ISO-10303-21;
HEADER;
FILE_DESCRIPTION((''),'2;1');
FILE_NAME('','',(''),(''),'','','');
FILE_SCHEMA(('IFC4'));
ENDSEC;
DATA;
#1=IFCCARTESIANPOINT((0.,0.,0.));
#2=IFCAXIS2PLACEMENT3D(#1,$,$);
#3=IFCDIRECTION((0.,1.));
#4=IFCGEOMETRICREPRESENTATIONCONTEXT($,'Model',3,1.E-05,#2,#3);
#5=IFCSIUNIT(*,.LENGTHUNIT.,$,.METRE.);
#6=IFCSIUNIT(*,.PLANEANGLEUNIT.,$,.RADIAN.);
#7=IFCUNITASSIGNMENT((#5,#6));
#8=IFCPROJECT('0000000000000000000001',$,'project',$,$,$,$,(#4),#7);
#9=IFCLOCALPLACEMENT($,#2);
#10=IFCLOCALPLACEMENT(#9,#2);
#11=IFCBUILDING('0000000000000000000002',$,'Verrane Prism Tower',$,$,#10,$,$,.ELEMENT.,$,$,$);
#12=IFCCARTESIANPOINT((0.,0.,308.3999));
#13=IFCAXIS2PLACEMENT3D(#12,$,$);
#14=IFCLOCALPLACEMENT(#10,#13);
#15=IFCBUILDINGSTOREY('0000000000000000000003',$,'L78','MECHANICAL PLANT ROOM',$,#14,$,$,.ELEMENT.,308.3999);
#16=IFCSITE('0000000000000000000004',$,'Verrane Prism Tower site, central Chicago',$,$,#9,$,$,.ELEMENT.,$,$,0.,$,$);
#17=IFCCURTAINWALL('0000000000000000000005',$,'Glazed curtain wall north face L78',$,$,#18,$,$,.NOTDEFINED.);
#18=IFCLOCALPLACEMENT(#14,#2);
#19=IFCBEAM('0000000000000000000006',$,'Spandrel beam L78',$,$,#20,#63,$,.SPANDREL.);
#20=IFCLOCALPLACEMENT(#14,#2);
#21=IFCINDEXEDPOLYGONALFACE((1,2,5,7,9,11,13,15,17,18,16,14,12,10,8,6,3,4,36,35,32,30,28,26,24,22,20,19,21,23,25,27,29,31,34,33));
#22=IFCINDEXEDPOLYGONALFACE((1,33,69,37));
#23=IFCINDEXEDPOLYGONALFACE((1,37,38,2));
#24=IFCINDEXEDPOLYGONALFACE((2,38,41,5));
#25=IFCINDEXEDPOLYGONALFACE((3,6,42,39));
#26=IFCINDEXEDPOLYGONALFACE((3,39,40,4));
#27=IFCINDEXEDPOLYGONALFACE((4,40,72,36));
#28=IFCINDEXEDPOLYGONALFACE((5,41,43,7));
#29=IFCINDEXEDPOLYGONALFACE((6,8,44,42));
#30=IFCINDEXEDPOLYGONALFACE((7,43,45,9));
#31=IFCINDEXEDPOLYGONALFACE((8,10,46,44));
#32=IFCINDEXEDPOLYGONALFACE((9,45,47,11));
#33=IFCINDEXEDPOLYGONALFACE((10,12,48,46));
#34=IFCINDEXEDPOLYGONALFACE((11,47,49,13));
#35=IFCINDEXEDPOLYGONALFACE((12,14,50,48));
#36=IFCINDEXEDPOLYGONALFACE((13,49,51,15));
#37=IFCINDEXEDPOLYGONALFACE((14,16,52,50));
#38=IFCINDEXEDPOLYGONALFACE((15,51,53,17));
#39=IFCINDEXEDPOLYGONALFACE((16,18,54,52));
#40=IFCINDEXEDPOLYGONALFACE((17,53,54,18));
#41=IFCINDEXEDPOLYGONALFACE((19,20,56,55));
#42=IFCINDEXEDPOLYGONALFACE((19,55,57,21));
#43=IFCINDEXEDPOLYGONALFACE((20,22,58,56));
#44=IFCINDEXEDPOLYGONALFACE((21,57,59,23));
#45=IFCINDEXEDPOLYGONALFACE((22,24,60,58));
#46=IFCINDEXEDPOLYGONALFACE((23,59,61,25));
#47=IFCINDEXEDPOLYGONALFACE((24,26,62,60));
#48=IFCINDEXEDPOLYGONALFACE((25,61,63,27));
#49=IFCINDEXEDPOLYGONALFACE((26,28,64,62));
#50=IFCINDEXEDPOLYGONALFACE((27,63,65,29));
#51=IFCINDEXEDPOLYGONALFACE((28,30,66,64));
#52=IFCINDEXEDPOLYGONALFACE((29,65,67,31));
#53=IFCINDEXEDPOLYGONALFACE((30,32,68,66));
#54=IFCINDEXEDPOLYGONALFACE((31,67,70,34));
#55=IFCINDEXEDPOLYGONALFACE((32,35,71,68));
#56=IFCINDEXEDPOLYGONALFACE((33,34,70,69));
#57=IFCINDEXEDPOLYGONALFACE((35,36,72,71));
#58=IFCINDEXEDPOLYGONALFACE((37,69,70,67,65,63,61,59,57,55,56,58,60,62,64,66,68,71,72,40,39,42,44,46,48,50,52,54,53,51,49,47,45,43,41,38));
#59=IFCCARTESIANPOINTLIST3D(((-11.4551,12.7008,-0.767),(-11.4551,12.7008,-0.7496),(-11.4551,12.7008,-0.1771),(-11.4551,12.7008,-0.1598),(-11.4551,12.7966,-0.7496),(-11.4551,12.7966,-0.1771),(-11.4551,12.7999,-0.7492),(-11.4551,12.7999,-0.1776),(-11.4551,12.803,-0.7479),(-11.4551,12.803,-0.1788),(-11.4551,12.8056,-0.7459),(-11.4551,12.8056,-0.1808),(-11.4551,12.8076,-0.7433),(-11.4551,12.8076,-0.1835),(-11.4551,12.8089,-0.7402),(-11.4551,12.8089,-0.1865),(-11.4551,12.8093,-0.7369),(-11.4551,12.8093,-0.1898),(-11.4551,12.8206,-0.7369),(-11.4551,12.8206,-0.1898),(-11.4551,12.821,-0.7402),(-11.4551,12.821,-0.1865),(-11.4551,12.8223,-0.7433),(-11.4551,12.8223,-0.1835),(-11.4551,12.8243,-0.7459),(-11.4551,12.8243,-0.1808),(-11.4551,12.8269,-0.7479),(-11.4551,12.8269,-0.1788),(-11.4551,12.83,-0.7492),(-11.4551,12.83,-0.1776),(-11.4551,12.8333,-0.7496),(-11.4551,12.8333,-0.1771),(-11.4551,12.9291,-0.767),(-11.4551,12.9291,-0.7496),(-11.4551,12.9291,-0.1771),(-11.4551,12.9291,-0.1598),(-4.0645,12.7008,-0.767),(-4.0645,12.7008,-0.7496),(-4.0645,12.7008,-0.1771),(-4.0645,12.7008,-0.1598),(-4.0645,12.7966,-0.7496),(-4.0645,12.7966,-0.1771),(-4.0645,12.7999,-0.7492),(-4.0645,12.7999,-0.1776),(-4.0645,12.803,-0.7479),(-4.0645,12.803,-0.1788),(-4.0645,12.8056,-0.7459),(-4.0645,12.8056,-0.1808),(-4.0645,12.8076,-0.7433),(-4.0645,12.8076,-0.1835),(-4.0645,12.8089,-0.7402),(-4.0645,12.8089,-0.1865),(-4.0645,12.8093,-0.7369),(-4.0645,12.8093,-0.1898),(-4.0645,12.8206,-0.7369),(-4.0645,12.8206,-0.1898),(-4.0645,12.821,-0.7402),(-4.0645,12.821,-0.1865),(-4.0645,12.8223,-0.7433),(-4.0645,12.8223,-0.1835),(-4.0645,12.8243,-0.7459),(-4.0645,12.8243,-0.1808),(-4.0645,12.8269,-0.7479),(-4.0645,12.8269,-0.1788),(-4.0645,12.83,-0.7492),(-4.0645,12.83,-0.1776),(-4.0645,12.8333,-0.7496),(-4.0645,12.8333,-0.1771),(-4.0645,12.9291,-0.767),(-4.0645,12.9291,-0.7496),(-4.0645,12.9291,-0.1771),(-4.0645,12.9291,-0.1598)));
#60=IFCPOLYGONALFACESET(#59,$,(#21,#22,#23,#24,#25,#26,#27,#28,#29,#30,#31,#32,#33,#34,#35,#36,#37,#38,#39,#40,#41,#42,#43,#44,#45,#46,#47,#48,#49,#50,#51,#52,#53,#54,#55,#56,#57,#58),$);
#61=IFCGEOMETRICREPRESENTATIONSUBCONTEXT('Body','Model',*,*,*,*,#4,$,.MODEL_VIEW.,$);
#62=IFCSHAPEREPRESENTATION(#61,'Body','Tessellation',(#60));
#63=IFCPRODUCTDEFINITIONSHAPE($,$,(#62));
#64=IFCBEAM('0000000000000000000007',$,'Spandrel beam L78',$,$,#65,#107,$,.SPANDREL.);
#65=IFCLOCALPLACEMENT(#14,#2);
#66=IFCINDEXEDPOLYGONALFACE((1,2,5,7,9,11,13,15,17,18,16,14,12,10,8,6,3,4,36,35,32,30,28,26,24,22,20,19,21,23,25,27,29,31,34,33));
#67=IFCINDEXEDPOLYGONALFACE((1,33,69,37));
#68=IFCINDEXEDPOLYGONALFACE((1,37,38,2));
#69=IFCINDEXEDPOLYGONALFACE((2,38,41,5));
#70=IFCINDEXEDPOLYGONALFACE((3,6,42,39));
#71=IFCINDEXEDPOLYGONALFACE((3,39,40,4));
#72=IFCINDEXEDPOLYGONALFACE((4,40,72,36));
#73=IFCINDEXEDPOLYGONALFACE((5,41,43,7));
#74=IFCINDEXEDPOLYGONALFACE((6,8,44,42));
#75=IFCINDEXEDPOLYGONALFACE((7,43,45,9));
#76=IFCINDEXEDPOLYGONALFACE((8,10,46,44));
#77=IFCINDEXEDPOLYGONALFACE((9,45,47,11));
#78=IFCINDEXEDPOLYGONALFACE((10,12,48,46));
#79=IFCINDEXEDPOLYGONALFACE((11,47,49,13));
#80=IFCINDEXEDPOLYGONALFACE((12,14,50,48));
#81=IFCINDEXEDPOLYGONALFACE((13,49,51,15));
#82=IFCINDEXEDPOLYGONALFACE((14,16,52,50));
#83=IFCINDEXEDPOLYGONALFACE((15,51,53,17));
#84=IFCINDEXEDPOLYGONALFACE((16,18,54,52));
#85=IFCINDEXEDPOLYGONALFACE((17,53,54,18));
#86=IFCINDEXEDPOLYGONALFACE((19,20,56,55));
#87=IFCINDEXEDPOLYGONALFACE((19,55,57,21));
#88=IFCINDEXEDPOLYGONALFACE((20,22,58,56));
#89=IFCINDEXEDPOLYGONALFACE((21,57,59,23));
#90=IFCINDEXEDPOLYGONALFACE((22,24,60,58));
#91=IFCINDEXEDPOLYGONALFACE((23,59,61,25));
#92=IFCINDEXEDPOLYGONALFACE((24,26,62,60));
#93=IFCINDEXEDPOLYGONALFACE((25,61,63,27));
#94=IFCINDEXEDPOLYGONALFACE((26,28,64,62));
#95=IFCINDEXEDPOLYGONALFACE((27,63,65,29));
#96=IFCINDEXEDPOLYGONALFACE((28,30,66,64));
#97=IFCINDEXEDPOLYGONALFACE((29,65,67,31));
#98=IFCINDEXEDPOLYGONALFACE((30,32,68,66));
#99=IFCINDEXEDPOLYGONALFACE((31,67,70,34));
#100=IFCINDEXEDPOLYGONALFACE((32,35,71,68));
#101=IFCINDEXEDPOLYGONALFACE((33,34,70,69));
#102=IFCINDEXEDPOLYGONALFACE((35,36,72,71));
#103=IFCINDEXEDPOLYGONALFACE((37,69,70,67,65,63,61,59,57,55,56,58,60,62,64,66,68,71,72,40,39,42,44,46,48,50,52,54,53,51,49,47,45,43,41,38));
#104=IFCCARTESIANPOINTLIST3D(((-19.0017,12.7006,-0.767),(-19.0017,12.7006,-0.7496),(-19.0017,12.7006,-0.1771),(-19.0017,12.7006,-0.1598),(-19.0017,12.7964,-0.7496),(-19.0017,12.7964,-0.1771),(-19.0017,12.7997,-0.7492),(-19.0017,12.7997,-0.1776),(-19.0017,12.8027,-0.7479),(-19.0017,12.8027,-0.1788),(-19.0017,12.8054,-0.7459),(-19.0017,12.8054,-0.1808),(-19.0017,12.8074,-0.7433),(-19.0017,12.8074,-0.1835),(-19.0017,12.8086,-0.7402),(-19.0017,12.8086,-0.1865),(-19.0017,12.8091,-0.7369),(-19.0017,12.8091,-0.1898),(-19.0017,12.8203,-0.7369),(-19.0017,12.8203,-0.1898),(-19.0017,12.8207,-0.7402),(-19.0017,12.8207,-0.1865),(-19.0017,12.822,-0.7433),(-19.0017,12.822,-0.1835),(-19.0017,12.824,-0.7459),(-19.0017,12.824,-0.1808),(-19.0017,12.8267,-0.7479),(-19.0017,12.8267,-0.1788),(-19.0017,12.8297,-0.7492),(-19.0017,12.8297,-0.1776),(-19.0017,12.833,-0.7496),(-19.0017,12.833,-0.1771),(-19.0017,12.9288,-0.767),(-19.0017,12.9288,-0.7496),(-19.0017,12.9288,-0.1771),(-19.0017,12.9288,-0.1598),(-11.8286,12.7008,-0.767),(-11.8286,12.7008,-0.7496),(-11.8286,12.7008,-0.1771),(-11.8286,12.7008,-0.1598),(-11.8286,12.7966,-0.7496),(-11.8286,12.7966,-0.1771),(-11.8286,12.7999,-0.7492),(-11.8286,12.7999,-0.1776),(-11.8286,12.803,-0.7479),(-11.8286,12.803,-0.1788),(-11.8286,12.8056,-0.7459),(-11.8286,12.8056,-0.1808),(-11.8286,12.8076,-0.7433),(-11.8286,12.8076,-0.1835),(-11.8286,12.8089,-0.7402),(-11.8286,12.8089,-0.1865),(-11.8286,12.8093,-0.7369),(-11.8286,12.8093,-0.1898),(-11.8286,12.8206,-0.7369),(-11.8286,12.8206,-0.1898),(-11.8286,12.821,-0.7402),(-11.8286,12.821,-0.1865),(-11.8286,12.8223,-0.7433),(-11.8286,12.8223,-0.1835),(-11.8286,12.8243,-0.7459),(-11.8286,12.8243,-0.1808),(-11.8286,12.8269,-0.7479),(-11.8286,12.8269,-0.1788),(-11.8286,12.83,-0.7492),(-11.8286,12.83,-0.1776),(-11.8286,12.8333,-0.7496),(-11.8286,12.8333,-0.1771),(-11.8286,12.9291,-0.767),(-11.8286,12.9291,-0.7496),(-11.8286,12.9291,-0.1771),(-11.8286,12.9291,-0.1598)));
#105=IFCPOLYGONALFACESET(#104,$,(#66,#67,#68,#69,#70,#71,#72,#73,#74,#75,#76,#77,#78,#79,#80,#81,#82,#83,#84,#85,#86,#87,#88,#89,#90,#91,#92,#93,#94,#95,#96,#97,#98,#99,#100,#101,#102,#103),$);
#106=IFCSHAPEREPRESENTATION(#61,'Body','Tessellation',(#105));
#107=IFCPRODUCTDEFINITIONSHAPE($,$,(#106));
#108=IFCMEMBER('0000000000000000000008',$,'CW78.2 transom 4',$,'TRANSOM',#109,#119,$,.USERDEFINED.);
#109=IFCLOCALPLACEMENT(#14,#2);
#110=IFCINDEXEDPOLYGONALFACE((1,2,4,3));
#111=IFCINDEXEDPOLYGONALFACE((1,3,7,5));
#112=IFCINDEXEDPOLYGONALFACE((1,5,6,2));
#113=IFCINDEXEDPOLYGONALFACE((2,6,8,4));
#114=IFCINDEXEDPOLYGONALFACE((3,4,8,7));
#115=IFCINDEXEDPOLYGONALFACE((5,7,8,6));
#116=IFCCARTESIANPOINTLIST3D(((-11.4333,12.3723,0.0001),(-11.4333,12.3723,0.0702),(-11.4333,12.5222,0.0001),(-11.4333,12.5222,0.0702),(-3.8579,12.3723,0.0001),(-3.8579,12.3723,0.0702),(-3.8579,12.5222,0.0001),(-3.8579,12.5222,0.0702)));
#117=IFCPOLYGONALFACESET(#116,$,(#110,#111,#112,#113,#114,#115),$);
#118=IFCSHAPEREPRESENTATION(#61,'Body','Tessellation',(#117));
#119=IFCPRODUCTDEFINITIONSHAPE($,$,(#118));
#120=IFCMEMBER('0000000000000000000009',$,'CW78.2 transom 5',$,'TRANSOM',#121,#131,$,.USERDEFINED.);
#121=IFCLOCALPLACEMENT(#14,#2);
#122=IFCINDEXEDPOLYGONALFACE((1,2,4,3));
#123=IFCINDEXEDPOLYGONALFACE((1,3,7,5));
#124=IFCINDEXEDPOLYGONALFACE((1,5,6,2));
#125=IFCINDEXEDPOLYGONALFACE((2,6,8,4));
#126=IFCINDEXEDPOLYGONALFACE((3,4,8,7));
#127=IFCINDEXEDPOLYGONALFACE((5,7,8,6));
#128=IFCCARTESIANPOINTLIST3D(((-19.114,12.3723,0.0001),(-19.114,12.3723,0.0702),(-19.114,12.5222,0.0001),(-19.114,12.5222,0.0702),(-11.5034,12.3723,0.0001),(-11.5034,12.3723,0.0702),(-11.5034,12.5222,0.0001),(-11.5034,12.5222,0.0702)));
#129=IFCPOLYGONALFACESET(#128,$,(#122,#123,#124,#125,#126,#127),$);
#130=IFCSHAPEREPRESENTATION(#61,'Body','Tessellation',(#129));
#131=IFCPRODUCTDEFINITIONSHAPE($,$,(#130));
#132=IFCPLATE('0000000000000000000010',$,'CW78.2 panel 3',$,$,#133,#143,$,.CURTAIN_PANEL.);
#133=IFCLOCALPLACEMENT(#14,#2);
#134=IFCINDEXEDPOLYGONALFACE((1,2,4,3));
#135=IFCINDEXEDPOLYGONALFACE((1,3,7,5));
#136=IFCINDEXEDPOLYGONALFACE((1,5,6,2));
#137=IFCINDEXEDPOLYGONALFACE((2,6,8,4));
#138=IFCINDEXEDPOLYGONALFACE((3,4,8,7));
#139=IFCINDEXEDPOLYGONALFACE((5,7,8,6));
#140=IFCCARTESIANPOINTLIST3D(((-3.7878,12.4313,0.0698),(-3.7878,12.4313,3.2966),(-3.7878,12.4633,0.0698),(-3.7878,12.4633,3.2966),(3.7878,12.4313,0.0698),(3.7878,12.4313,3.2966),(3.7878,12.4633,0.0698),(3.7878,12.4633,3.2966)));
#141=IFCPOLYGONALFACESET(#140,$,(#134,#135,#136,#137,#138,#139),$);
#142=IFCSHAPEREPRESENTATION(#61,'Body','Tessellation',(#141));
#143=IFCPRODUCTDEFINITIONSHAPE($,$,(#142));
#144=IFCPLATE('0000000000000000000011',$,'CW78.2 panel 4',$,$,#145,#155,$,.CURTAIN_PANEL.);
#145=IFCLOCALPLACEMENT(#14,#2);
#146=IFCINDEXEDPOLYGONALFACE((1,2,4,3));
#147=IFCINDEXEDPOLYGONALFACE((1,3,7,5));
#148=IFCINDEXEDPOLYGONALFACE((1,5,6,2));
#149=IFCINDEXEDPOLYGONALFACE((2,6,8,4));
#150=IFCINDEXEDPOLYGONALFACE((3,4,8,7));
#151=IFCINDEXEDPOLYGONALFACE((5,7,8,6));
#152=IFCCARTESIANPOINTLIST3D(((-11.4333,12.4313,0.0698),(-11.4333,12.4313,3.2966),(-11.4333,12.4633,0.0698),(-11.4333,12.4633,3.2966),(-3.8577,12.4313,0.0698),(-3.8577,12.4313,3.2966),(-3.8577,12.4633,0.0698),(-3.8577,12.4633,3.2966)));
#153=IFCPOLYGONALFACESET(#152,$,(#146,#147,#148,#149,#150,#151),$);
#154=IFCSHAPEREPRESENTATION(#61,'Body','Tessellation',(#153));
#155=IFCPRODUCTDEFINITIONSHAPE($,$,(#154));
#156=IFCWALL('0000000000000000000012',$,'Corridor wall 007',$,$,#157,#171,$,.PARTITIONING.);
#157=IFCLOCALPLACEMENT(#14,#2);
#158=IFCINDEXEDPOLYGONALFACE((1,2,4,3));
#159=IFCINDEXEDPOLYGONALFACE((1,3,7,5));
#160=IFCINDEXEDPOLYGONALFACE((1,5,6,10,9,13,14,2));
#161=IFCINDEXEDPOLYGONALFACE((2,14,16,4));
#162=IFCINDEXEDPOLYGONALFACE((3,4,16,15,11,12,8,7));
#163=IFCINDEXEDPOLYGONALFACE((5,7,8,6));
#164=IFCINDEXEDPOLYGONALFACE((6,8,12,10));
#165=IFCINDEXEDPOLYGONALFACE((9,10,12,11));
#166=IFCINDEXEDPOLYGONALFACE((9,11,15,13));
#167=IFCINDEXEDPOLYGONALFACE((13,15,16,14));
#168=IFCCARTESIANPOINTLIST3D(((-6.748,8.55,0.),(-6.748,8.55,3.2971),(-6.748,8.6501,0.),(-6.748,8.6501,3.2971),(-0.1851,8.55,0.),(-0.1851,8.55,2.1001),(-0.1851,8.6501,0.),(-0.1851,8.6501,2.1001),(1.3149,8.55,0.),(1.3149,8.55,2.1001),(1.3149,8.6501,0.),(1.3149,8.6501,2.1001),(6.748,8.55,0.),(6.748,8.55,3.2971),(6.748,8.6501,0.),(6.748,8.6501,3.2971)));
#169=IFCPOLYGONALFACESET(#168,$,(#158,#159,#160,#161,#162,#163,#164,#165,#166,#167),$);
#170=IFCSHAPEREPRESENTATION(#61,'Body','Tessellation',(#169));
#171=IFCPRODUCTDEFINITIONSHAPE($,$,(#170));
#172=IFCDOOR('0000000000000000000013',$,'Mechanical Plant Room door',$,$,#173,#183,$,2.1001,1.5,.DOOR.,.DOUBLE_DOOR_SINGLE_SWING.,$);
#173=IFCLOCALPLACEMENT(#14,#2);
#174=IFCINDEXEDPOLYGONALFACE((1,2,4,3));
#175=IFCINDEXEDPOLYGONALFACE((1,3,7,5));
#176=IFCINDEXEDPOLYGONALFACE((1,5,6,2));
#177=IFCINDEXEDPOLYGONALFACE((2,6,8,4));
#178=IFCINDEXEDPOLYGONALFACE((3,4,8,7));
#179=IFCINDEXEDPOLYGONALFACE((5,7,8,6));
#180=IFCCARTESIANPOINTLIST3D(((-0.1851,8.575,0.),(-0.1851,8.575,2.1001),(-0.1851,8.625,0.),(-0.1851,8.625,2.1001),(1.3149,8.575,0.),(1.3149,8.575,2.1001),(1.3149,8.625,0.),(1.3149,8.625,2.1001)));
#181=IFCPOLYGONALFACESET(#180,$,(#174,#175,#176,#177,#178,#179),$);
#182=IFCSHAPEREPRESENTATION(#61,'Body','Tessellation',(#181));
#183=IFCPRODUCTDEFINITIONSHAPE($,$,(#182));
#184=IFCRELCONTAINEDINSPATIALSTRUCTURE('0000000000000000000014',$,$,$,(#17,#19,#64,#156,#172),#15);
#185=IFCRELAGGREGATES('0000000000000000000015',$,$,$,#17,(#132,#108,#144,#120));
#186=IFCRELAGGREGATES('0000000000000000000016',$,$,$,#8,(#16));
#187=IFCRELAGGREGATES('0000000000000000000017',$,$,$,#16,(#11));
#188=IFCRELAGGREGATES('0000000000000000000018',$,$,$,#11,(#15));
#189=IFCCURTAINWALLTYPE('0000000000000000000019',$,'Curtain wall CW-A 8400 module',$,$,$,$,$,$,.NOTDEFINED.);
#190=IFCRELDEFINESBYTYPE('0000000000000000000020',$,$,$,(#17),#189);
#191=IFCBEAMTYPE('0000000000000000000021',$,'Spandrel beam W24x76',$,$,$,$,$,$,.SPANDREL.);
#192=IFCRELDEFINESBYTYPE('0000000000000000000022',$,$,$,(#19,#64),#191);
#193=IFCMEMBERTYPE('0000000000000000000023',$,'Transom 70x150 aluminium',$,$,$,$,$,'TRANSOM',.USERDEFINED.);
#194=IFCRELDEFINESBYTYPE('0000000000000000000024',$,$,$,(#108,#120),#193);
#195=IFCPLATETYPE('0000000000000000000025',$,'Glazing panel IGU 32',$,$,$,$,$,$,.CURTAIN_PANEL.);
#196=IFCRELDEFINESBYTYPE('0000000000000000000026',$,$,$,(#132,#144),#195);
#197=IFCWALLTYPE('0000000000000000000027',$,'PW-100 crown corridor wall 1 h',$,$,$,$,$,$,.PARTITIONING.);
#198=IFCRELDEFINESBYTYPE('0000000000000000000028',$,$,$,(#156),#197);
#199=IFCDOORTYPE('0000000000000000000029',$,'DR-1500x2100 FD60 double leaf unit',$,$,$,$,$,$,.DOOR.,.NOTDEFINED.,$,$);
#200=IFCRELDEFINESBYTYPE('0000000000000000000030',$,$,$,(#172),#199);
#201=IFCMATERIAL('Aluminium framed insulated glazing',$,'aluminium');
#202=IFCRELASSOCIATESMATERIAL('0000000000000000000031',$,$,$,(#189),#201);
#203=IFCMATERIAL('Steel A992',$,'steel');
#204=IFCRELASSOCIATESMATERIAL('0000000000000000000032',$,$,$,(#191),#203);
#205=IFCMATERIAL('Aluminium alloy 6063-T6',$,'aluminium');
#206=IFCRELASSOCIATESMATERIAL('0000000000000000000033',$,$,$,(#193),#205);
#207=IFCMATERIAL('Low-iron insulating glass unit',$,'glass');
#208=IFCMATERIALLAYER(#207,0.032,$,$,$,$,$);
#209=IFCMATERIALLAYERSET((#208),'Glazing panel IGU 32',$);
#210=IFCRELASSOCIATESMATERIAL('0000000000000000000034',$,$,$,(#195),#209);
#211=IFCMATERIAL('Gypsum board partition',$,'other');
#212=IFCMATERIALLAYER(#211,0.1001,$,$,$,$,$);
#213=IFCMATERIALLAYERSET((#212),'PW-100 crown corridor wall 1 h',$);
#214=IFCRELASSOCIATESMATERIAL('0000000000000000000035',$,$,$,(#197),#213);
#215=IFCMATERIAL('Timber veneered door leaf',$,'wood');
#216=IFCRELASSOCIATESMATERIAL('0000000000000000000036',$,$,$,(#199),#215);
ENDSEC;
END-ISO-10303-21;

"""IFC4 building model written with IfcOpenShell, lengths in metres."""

from ifc_helpers import new_model, si_unit, direction, frame, frame_2d, origin, origin_2d, place, context, subcontext, project, spatial, rectangle, i_section, extrude, material, layer, layer_set, material_profile, profile_set, type_object, element, fill, aggregate, save


model = new_model("IFC4")

# Units and contexts
model_context = context("Model", 3, precision=1e-05, world=origin(), true_north=direction((0.0, 1.0)))
body_context = subcontext(model_context, "Body", "Model", "MODEL_VIEW")
ifc_project = project(units=[si_unit("LENGTHUNIT", "METRE"), si_unit("PLANEANGLEUNIT", "RADIAN")], contexts=[model_context])

# Site, building, storey
site_placement = place(None, origin())
site = spatial("IfcSite", under=ifc_project, at=site_placement, Name="Verrane Prism Tower site, central Chicago", CompositionType="ELEMENT", RefElevation=0.0)
building_placement = place(site_placement, origin())
building = spatial("IfcBuilding", under=site, at=building_placement, Name="Verrane Prism Tower", CompositionType="ELEMENT")
storey_placement = place(building_placement, frame((0.0, 0.0, 308.3999)))
storey = spatial("IfcBuildingStorey", under=building, at=storey_placement, Name="L78", Description="MECHANICAL PLANT ROOM", CompositionType="ELEMENT", Elevation=308.3999)

# Curtain wall
ifc_material_1 = material(Name="Aluminium framed insulated glazing", Category="aluminium")
curtain_wall_type = type_object("IfcCurtainWallType", Name="Curtain wall CW-A 8400 module", PredefinedType="NOTDEFINED", material=ifc_material_1)
curtain_wall_placement = place(storey_placement, origin())
curtain_wall = element("IfcCurtainWall", 1, at=curtain_wall_placement, inside=storey, type_object=curtain_wall_type, Name="Glazed curtain wall north face L78", PredefinedType="NOTDEFINED")

# Beams
ifc_material_2 = material(Name="Steel A992", Category="steel")
ifc_material_profile_1 = material_profile(ifc_material_2, i_section(OverallWidth=0.2283, OverallDepth=0.6072, WebThickness=0.0112, FlangeThickness=0.0173, FilletRadius=0.0127, at=origin_2d()), Name="W24x76")
ifc_profile_set_1 = profile_set([ifc_material_profile_1], Name="Steel A992")
beam_type_1 = type_object("IfcBeamType", Name="Spandrel beam W24x76", PredefinedType="SPANDREL", material=ifc_profile_set_1)
beam_1_placement = place(storey_placement, frame((-4.0645, 12.8149, -0.4634), z_axis=(-1.0, 0.0, 0.0), x_axis=(0.0, -1.0, 0.0)))
element("IfcBeam", 2, at=beam_1_placement, inside=storey, type_object=beam_type_1, Name="Spandrel beam L78", PredefinedType="SPANDREL", context=body_context, shape_type="SweptSolid", body=[
    extrude(i_section(OverallWidth=0.2283, OverallDepth=0.6072, WebThickness=0.0112, FlangeThickness=0.0173, FilletRadius=0.0127, at=origin_2d()), origin(), (0.0, 0.0, 1.0), 7.3906),
])
beam_2_placement = place(storey_placement, frame((-11.8286, 12.8149, -0.4634), z_axis=(-1.0, -0.000034, 0.0), x_axis=(0.000034, -1.0, 0.0)))
element("IfcBeam", 3, at=beam_2_placement, inside=storey, type_object=beam_type_1, Name="Spandrel beam L78", PredefinedType="SPANDREL", context=body_context, shape_type="SweptSolid", body=[
    extrude(i_section(OverallWidth=0.2283, OverallDepth=0.6072, WebThickness=0.0112, FlangeThickness=0.0173, FilletRadius=0.0127, at=origin_2d()), origin(), (0.0, 0.0, 1.0), 7.1731),
])

# Members
ifc_material_3 = material(Name="Aluminium alloy 6063-T6", Category="aluminium")
ifc_material_profile_2 = material_profile(ifc_material_3, rectangle(XDim=0.1499, YDim=0.0701, at=origin_2d()), Name="Transom 70x150 aluminium")
ifc_profile_set_2 = profile_set([ifc_material_profile_2], Name="Aluminium alloy 6063-T6")
member_type_1 = type_object("IfcMemberType", Name="Transom 70x150 aluminium", ElementType="TRANSOM", PredefinedType="USERDEFINED", material=ifc_profile_set_2)
member_1_placement = place(storey_placement, frame((-3.8579, 12.4473, 0.0352), z_axis=(-1.0, 0.0, 0.0), x_axis=(0.0, -1.0, 0.0)))
member_1 = element("IfcMember", 4, at=member_1_placement, type_object=member_type_1, Name="CW78.2 transom 4", ObjectType="TRANSOM", PredefinedType="USERDEFINED", context=body_context, shape_type="SweptSolid", body=[
    extrude(rectangle(XDim=0.1499, YDim=0.0701, at=origin_2d()), origin(), (0.0, 0.0, 1.0), 7.5754),
])
member_2_placement = place(storey_placement, frame((-11.5034, 12.4473, 0.0352), z_axis=(-1.0, 0.0, 0.0), x_axis=(0.0, -1.0, 0.0)))
member_2 = element("IfcMember", 5, at=member_2_placement, type_object=member_type_1, Name="CW78.2 transom 5", ObjectType="TRANSOM", PredefinedType="USERDEFINED", context=body_context, shape_type="SweptSolid", body=[
    extrude(rectangle(XDim=0.1499, YDim=0.0701, at=origin_2d()), origin(), (0.0, 0.0, 1.0), 7.6106),
])

# Plates
ifc_material_4 = material(Name="Low-iron insulating glass unit", Category="glass")
ifc_layer_1 = layer(ifc_material_4, 0.032)
ifc_layer_set_1 = layer_set([ifc_layer_1], Name="Glazing panel IGU 32")
plate_type = type_object("IfcPlateType", Name="Glazing panel IGU 32", PredefinedType="CURTAIN_PANEL", material=ifc_layer_set_1)
plate_1_placement = place(storey_placement, frame((0.0, 12.4473, 0.0698), z_axis=(0.0, 0.0, 1.0), x_axis=(-1.0, 0.0, 0.0)))
plate_1 = element("IfcPlate", 6, at=plate_1_placement, type_object=plate_type, Name="CW78.2 panel 3", PredefinedType="CURTAIN_PANEL", context=body_context, shape_type="SweptSolid", body=[
    extrude(rectangle(XDim=7.5757, YDim=0.032, at=origin_2d()), origin(), (0.0, 0.0, 1.0), 3.2268),
])
plate_2_placement = place(storey_placement, frame((-7.6455, 12.4473, 0.0698), z_axis=(0.0, 0.0, 1.0), x_axis=(-1.0, 0.0, 0.0)))
plate_2 = element("IfcPlate", 7, at=plate_2_placement, type_object=plate_type, Name="CW78.2 panel 4", PredefinedType="CURTAIN_PANEL", context=body_context, shape_type="SweptSolid", body=[
    extrude(rectangle(XDim=7.5757, YDim=0.032, at=origin_2d()), origin(), (0.0, 0.0, 1.0), 3.2268),
])
aggregate(curtain_wall, [plate_1, member_1, plate_2, member_2])

# Wall, opening, door
ifc_material_5 = material(Name="Gypsum board partition", Category="other")
ifc_layer_2 = layer(ifc_material_5, 0.1001)
ifc_layer_set_2 = layer_set([ifc_layer_2], Name="PW-100 crown corridor wall 1 h")
wall_type_1 = type_object("IfcWallType", Name="PW-100 crown corridor wall 1 h", PredefinedType="PARTITIONING", material=ifc_layer_set_2)
wall_1_placement = place(storey_placement, frame((-6.748, 8.6001, 0.0), z_axis=(0.0, 0.0, 1.0), x_axis=(1.0, 0.0, 0.0)))
wall_1 = element("IfcWall", 8, at=wall_1_placement, inside=storey, type_object=wall_type_1, Name="Corridor wall 007", PredefinedType="PARTITIONING", context=body_context, shape_type="SweptSolid", body=[
    extrude(rectangle(XDim=13.4961, YDim=0.1001, at=frame_2d((6.748, 0.0))), origin(), (0.0, 0.0, 1.0), 3.2971),
])
opening_placement = place(wall_1_placement, frame((6.563, 0.0, 0.0)))
opening = element("IfcOpeningElement", 9, at=opening_placement, cuts=wall_1, PredefinedType="OPENING", context=body_context, shape_type="SweptSolid", body=[
    extrude(rectangle(XDim=1.5, YDim=2.1001, at=frame_2d((0.75, 1.05))), frame((0.0, 0.0601, 0.0), z_axis=(0.0, -1.0, 0.0), x_axis=(1.0, 0.0, 0.0)), (0.0, 0.0, 1.0), 0.1201),
])
ifc_material_6 = material(Name="Timber veneered door leaf", Category="wood")
door_type = type_object("IfcDoorType", Name="DR-1500x2100 FD60 double leaf unit", OperationType="NOTDEFINED", PredefinedType="DOOR", material=ifc_material_6)
door_placement = place(opening_placement, origin())
door = element("IfcDoor", 10, at=door_placement, inside=storey, type_object=door_type, Name="Mechanical Plant Room door", OperationType="DOUBLE_DOOR_SINGLE_SWING", OverallHeight=2.1001, OverallWidth=1.5, PredefinedType="DOOR", context=body_context, shape_type="SweptSolid", body=[
    extrude(rectangle(XDim=1.5, YDim=2.1001, at=frame_2d((0.75, 1.05))), frame((0.0, 0.0249, 0.0), z_axis=(0.0, -1.0, 0.0), x_axis=(1.0, 0.0, 0.0)), (0.0, 0.0, 1.0), 0.05),
])
fill(opening, door)

save(model, "model.ifc")
